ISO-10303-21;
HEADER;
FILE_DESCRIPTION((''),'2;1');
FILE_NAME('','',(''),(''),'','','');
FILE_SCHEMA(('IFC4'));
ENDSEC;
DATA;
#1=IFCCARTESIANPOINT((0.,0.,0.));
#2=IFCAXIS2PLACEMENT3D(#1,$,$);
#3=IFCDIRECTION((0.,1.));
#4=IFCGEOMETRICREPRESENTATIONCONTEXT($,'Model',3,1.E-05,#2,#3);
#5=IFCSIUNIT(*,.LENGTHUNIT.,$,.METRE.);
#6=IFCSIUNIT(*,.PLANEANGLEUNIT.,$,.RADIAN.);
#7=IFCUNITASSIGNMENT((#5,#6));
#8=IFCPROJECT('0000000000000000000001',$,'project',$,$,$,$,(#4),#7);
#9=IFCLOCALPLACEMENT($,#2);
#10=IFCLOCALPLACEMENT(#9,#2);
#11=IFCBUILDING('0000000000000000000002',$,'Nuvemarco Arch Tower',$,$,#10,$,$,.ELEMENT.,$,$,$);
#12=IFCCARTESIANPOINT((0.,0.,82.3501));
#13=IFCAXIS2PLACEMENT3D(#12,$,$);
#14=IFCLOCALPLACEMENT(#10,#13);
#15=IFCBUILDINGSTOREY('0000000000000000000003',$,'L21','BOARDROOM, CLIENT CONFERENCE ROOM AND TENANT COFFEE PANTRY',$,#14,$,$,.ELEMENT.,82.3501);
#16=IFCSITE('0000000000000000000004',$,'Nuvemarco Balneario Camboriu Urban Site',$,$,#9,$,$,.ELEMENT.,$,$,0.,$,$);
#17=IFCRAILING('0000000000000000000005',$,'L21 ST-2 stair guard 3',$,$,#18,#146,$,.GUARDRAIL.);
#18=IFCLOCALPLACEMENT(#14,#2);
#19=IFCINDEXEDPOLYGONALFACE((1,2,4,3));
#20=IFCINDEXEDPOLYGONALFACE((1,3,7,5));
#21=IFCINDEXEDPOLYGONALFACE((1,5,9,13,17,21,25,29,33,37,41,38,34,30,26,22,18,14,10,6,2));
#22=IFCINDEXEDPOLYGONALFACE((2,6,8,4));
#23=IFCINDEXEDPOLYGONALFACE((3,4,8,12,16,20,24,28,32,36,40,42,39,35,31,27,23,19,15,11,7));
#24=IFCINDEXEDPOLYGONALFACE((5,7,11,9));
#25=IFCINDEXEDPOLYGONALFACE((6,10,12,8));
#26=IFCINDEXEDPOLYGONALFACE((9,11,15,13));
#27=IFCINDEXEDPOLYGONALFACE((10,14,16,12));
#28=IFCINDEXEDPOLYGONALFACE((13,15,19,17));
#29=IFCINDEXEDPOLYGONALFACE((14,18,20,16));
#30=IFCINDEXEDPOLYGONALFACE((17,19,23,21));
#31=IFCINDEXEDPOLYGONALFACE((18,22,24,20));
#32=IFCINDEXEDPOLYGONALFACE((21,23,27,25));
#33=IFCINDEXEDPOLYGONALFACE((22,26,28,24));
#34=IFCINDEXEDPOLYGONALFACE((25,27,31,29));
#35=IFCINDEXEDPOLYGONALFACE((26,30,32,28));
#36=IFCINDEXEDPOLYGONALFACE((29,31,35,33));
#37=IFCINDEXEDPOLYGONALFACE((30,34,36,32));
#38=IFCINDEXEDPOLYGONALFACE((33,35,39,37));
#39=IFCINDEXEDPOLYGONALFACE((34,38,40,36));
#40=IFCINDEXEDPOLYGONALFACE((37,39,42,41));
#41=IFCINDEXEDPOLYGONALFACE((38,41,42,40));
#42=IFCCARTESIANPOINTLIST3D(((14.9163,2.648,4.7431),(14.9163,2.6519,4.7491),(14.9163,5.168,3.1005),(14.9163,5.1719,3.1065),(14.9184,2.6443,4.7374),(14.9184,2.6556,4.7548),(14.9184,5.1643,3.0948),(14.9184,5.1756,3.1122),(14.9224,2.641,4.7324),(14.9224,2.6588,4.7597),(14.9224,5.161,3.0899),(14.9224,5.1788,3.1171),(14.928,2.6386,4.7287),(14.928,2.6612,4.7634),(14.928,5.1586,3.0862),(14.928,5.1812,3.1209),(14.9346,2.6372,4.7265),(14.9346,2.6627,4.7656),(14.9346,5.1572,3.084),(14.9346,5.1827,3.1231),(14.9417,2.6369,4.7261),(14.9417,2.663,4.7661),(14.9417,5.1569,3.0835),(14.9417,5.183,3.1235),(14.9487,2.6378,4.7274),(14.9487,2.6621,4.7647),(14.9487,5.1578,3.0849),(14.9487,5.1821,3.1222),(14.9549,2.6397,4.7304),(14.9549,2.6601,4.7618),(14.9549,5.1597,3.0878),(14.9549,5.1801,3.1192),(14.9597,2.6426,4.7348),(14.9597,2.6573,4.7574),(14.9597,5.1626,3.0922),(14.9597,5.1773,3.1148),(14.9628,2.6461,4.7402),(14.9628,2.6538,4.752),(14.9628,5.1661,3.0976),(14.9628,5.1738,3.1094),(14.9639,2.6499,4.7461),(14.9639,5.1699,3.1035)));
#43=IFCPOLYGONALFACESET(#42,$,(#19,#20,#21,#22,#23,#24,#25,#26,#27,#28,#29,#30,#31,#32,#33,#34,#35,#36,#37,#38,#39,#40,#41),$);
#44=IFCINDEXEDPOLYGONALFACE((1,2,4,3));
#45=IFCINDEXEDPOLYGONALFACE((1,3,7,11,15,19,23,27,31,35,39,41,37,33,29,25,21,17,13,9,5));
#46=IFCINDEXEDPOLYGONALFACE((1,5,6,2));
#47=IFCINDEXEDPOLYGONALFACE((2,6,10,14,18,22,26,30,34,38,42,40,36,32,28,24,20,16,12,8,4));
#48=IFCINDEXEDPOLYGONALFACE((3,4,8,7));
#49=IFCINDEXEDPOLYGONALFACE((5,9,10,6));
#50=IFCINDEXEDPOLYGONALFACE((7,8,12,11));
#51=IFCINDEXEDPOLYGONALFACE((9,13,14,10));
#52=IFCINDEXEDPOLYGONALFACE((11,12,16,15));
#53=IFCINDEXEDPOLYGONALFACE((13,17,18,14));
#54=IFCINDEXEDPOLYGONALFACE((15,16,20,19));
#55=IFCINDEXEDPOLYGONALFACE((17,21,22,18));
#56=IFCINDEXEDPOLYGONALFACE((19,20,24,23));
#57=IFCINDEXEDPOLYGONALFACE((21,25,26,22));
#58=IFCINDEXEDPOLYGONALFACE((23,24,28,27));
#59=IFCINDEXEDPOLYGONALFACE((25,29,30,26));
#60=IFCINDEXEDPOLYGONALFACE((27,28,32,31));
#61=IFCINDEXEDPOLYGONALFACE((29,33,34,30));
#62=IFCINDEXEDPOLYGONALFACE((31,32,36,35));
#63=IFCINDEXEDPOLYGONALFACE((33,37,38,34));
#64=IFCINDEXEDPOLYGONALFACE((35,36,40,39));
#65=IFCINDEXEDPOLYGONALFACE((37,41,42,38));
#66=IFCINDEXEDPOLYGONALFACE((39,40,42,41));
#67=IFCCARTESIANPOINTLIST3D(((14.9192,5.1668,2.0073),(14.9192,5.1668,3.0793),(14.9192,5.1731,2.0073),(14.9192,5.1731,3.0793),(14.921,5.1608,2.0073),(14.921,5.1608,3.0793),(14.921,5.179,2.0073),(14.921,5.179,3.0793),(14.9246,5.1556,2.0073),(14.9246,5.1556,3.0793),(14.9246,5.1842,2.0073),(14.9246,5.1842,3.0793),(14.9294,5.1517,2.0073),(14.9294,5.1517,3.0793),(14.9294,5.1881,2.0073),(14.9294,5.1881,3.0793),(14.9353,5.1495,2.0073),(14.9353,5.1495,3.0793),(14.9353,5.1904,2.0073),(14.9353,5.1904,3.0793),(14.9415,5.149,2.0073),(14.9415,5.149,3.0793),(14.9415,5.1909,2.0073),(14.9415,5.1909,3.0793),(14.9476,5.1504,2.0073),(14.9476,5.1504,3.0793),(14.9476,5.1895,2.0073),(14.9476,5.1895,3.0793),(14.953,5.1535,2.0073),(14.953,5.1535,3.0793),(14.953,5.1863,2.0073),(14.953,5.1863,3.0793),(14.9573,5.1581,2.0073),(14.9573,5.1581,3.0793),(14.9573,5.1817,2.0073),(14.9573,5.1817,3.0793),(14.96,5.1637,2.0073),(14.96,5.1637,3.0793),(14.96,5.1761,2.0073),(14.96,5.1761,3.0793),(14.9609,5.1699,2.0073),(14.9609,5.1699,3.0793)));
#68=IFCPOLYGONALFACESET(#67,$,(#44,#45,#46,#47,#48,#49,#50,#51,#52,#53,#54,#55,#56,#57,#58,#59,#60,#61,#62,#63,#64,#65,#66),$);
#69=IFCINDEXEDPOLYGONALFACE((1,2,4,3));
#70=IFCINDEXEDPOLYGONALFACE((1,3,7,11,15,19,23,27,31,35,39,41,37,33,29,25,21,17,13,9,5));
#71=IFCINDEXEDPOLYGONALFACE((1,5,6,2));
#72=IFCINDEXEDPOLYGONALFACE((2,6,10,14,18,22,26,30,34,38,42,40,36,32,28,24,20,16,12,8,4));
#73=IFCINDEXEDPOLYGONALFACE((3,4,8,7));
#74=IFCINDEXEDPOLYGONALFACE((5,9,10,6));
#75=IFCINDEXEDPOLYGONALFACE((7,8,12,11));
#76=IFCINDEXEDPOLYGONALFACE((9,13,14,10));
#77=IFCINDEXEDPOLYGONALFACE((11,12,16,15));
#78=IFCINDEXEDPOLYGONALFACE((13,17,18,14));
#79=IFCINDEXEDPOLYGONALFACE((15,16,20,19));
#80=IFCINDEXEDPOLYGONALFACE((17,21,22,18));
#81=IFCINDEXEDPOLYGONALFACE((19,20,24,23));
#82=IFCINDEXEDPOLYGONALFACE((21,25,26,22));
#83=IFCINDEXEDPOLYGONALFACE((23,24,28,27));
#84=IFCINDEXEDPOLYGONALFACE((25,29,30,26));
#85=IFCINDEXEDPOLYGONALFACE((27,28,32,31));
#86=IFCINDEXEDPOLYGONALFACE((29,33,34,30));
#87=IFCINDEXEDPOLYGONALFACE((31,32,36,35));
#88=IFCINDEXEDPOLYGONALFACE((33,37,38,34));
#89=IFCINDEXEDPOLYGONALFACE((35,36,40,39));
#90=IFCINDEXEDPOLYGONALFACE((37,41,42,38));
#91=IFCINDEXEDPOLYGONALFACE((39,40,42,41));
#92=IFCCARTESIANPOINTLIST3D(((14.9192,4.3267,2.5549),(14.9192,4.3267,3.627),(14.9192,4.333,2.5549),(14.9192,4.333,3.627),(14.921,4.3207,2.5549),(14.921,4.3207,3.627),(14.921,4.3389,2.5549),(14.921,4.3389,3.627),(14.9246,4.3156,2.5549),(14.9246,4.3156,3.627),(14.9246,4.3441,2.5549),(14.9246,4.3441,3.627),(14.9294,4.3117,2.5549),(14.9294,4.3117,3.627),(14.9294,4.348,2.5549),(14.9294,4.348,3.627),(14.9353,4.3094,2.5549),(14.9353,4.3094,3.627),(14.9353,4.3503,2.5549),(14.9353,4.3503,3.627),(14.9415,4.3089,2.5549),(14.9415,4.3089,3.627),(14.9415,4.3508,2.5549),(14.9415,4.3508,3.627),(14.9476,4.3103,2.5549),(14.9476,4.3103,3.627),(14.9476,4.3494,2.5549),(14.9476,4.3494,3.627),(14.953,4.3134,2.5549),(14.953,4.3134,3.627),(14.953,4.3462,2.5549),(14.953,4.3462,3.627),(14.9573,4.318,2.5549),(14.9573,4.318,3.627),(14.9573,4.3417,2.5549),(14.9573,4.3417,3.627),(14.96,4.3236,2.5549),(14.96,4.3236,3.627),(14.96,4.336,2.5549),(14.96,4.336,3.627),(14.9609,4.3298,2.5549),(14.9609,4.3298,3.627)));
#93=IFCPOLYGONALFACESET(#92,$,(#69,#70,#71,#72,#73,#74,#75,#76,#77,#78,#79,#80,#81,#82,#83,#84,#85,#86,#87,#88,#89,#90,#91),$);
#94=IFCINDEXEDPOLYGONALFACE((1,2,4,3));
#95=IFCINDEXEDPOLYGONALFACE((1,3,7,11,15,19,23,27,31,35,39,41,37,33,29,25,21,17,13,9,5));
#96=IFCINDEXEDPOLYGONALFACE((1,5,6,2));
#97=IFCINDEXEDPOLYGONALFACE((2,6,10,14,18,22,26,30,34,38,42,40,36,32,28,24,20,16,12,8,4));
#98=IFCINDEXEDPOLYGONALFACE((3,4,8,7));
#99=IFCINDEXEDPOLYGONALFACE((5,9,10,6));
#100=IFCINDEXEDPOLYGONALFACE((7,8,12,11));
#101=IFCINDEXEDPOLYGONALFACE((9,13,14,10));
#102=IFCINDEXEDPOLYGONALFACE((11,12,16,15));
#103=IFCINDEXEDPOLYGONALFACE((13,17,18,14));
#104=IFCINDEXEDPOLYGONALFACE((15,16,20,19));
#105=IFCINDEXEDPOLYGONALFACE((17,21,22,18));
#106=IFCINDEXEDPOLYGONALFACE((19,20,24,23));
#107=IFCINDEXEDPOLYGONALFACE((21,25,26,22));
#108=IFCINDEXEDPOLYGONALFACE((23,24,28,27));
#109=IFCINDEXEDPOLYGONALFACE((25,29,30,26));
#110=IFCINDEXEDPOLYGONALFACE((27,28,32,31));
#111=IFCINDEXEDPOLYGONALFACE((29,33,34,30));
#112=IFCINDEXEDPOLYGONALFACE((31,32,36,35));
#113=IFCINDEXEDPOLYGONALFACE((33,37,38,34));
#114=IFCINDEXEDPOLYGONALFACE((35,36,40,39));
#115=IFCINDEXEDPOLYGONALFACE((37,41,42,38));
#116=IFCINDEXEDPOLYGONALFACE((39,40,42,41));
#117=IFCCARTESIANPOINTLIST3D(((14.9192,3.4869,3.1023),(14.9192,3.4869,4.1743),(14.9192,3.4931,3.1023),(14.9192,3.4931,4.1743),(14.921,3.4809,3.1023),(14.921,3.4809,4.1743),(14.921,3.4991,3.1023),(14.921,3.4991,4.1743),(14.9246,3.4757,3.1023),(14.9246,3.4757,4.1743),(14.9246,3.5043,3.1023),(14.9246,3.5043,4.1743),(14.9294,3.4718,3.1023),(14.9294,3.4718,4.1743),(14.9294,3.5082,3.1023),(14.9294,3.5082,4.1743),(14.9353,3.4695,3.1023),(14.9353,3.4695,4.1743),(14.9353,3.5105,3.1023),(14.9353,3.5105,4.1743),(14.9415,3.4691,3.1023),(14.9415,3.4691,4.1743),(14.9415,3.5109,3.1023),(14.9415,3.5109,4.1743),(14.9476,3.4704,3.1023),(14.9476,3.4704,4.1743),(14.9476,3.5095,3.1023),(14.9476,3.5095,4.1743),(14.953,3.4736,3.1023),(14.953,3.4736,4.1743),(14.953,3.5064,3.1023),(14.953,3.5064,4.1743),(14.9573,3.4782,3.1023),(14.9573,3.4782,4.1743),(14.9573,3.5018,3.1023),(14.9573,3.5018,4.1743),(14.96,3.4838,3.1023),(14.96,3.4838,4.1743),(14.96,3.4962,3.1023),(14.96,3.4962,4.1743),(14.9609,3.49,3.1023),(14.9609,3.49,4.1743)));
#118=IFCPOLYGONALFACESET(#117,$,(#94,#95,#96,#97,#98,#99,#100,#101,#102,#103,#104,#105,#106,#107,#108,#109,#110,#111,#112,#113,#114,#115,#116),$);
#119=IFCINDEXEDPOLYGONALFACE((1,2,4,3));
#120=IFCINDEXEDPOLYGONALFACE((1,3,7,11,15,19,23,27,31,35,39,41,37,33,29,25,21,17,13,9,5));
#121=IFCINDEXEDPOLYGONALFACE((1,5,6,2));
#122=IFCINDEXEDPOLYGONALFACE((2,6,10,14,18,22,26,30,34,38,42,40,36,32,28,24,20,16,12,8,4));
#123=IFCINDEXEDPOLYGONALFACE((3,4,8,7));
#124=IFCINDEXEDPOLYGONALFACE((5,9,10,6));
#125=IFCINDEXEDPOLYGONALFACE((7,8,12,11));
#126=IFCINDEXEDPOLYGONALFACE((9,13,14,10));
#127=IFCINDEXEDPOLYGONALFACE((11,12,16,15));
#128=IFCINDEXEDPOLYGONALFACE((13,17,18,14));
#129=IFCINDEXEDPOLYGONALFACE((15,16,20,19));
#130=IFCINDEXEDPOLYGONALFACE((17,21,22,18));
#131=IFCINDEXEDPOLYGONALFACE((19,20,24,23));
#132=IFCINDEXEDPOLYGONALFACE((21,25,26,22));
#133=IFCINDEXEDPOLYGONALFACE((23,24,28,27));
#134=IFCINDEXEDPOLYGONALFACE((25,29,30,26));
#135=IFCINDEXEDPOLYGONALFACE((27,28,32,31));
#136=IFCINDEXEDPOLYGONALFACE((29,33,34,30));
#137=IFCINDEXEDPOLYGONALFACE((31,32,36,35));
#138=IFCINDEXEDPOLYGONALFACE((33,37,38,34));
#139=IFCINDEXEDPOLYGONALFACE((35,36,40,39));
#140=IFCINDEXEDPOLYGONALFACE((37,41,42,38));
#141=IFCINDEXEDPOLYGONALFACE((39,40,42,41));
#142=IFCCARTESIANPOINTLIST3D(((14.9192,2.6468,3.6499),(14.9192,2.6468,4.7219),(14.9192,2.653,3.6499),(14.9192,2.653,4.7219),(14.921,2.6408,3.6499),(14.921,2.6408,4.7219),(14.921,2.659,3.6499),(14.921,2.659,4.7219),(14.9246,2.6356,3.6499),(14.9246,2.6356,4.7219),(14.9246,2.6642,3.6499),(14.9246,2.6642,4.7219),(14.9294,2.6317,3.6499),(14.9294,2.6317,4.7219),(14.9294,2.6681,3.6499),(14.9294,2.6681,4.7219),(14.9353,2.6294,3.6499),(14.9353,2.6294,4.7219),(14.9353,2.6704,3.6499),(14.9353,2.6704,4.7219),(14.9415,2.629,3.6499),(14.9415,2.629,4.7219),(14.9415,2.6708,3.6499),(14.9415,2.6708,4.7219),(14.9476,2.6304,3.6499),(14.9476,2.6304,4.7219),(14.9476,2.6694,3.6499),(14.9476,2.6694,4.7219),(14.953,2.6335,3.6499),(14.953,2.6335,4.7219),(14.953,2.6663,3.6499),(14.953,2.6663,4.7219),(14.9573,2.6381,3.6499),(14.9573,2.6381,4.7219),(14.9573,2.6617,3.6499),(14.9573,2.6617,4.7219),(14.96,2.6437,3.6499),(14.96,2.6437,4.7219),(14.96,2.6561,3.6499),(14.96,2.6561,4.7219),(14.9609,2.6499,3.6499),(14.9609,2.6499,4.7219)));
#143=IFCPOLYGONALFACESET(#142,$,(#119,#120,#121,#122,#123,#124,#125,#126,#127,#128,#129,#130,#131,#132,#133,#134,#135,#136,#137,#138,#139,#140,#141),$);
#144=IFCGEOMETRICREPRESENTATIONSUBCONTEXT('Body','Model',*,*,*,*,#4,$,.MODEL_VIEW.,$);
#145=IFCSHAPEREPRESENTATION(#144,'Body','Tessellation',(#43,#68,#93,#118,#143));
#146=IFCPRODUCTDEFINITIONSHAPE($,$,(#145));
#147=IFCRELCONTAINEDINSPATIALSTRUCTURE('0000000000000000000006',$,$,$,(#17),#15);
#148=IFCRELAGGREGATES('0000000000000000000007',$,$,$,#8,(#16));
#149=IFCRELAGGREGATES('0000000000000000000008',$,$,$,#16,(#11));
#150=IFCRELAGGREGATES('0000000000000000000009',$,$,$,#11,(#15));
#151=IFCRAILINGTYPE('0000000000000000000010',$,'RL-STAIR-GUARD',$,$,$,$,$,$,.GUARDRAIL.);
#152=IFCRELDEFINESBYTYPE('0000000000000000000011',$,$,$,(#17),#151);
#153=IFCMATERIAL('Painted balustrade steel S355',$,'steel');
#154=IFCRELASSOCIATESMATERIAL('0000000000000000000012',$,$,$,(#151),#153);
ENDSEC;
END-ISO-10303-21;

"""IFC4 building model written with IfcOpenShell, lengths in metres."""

from ifc_helpers import new_model, si_unit, direction, frame, origin, origin_2d, place, context, subcontext, project, spatial, circle, extrude, material, type_object, element, save


model = new_model("IFC4")

# Units and contexts
model_context = context("Model", 3, precision=1e-05, world=origin(), true_north=direction((0.0, 1.0)))
body_context = subcontext(model_context, "Body", "Model", "MODEL_VIEW")
ifc_project = project(units=[si_unit("LENGTHUNIT", "METRE"), si_unit("PLANEANGLEUNIT", "RADIAN")], contexts=[model_context])

# Site, building, storey
site_placement = place(None, origin())
site = spatial("IfcSite", under=ifc_project, at=site_placement, Name="Nuvemarco Balneario Camboriu Urban Site", CompositionType="ELEMENT", RefElevation=0.0)
building_placement = place(site_placement, origin())
building = spatial("IfcBuilding", under=site, at=building_placement, Name="Nuvemarco Arch Tower", CompositionType="ELEMENT")
storey_placement = place(building_placement, frame((0.0, 0.0, 82.3501)))
storey = spatial("IfcBuildingStorey", under=building, at=storey_placement, Name="L21", Description="BOARDROOM, CLIENT CONFERENCE ROOM AND TENANT COFFEE PANTRY", CompositionType="ELEMENT", Elevation=82.3501)

# Railing
ifc_material_1 = material(Name="Painted balustrade steel S355", Category="steel")
railing_type_1 = type_object("IfcRailingType", Name="RL-STAIR-GUARD", PredefinedType="GUARDRAIL", material=ifc_material_1)
railing_1_placement = place(storey_placement, frame((14.9399, 5.1699, 2.0073)))
element("IfcRailing", 1, at=railing_1_placement, inside=storey, type_object=railing_type_1, Name="L21 ST-2 stair guard 3", PredefinedType="GUARDRAIL", context=body_context, shape_type="SweptSolid", body=[
    extrude(circle(Radius=0.0239, at=origin_2d()), frame((0.0, 0.0, 1.0962), z_axis=(0.0, -0.837749, 0.546055), x_axis=(1.0, 0.0, 0.0)), (0.0, 0.0, 1.0), 3.0081),
    extrude(circle(Radius=0.021, at=origin_2d()), origin(), (0.0, 0.0, 1.0), 1.072),
    extrude(circle(Radius=0.021, at=origin_2d()), frame((0.0, -0.8401, 0.5476)), (0.0, 0.0, 1.0), 1.072),
    extrude(circle(Radius=0.021, at=origin_2d()), frame((0.0, -1.6799, 1.095)), (0.0, 0.0, 1.0), 1.072),
    extrude(circle(Radius=0.021, at=origin_2d()), frame((0.0, -2.52, 1.6426)), (0.0, 0.0, 1.0), 1.072),
])

save(model, "model.ifc")
